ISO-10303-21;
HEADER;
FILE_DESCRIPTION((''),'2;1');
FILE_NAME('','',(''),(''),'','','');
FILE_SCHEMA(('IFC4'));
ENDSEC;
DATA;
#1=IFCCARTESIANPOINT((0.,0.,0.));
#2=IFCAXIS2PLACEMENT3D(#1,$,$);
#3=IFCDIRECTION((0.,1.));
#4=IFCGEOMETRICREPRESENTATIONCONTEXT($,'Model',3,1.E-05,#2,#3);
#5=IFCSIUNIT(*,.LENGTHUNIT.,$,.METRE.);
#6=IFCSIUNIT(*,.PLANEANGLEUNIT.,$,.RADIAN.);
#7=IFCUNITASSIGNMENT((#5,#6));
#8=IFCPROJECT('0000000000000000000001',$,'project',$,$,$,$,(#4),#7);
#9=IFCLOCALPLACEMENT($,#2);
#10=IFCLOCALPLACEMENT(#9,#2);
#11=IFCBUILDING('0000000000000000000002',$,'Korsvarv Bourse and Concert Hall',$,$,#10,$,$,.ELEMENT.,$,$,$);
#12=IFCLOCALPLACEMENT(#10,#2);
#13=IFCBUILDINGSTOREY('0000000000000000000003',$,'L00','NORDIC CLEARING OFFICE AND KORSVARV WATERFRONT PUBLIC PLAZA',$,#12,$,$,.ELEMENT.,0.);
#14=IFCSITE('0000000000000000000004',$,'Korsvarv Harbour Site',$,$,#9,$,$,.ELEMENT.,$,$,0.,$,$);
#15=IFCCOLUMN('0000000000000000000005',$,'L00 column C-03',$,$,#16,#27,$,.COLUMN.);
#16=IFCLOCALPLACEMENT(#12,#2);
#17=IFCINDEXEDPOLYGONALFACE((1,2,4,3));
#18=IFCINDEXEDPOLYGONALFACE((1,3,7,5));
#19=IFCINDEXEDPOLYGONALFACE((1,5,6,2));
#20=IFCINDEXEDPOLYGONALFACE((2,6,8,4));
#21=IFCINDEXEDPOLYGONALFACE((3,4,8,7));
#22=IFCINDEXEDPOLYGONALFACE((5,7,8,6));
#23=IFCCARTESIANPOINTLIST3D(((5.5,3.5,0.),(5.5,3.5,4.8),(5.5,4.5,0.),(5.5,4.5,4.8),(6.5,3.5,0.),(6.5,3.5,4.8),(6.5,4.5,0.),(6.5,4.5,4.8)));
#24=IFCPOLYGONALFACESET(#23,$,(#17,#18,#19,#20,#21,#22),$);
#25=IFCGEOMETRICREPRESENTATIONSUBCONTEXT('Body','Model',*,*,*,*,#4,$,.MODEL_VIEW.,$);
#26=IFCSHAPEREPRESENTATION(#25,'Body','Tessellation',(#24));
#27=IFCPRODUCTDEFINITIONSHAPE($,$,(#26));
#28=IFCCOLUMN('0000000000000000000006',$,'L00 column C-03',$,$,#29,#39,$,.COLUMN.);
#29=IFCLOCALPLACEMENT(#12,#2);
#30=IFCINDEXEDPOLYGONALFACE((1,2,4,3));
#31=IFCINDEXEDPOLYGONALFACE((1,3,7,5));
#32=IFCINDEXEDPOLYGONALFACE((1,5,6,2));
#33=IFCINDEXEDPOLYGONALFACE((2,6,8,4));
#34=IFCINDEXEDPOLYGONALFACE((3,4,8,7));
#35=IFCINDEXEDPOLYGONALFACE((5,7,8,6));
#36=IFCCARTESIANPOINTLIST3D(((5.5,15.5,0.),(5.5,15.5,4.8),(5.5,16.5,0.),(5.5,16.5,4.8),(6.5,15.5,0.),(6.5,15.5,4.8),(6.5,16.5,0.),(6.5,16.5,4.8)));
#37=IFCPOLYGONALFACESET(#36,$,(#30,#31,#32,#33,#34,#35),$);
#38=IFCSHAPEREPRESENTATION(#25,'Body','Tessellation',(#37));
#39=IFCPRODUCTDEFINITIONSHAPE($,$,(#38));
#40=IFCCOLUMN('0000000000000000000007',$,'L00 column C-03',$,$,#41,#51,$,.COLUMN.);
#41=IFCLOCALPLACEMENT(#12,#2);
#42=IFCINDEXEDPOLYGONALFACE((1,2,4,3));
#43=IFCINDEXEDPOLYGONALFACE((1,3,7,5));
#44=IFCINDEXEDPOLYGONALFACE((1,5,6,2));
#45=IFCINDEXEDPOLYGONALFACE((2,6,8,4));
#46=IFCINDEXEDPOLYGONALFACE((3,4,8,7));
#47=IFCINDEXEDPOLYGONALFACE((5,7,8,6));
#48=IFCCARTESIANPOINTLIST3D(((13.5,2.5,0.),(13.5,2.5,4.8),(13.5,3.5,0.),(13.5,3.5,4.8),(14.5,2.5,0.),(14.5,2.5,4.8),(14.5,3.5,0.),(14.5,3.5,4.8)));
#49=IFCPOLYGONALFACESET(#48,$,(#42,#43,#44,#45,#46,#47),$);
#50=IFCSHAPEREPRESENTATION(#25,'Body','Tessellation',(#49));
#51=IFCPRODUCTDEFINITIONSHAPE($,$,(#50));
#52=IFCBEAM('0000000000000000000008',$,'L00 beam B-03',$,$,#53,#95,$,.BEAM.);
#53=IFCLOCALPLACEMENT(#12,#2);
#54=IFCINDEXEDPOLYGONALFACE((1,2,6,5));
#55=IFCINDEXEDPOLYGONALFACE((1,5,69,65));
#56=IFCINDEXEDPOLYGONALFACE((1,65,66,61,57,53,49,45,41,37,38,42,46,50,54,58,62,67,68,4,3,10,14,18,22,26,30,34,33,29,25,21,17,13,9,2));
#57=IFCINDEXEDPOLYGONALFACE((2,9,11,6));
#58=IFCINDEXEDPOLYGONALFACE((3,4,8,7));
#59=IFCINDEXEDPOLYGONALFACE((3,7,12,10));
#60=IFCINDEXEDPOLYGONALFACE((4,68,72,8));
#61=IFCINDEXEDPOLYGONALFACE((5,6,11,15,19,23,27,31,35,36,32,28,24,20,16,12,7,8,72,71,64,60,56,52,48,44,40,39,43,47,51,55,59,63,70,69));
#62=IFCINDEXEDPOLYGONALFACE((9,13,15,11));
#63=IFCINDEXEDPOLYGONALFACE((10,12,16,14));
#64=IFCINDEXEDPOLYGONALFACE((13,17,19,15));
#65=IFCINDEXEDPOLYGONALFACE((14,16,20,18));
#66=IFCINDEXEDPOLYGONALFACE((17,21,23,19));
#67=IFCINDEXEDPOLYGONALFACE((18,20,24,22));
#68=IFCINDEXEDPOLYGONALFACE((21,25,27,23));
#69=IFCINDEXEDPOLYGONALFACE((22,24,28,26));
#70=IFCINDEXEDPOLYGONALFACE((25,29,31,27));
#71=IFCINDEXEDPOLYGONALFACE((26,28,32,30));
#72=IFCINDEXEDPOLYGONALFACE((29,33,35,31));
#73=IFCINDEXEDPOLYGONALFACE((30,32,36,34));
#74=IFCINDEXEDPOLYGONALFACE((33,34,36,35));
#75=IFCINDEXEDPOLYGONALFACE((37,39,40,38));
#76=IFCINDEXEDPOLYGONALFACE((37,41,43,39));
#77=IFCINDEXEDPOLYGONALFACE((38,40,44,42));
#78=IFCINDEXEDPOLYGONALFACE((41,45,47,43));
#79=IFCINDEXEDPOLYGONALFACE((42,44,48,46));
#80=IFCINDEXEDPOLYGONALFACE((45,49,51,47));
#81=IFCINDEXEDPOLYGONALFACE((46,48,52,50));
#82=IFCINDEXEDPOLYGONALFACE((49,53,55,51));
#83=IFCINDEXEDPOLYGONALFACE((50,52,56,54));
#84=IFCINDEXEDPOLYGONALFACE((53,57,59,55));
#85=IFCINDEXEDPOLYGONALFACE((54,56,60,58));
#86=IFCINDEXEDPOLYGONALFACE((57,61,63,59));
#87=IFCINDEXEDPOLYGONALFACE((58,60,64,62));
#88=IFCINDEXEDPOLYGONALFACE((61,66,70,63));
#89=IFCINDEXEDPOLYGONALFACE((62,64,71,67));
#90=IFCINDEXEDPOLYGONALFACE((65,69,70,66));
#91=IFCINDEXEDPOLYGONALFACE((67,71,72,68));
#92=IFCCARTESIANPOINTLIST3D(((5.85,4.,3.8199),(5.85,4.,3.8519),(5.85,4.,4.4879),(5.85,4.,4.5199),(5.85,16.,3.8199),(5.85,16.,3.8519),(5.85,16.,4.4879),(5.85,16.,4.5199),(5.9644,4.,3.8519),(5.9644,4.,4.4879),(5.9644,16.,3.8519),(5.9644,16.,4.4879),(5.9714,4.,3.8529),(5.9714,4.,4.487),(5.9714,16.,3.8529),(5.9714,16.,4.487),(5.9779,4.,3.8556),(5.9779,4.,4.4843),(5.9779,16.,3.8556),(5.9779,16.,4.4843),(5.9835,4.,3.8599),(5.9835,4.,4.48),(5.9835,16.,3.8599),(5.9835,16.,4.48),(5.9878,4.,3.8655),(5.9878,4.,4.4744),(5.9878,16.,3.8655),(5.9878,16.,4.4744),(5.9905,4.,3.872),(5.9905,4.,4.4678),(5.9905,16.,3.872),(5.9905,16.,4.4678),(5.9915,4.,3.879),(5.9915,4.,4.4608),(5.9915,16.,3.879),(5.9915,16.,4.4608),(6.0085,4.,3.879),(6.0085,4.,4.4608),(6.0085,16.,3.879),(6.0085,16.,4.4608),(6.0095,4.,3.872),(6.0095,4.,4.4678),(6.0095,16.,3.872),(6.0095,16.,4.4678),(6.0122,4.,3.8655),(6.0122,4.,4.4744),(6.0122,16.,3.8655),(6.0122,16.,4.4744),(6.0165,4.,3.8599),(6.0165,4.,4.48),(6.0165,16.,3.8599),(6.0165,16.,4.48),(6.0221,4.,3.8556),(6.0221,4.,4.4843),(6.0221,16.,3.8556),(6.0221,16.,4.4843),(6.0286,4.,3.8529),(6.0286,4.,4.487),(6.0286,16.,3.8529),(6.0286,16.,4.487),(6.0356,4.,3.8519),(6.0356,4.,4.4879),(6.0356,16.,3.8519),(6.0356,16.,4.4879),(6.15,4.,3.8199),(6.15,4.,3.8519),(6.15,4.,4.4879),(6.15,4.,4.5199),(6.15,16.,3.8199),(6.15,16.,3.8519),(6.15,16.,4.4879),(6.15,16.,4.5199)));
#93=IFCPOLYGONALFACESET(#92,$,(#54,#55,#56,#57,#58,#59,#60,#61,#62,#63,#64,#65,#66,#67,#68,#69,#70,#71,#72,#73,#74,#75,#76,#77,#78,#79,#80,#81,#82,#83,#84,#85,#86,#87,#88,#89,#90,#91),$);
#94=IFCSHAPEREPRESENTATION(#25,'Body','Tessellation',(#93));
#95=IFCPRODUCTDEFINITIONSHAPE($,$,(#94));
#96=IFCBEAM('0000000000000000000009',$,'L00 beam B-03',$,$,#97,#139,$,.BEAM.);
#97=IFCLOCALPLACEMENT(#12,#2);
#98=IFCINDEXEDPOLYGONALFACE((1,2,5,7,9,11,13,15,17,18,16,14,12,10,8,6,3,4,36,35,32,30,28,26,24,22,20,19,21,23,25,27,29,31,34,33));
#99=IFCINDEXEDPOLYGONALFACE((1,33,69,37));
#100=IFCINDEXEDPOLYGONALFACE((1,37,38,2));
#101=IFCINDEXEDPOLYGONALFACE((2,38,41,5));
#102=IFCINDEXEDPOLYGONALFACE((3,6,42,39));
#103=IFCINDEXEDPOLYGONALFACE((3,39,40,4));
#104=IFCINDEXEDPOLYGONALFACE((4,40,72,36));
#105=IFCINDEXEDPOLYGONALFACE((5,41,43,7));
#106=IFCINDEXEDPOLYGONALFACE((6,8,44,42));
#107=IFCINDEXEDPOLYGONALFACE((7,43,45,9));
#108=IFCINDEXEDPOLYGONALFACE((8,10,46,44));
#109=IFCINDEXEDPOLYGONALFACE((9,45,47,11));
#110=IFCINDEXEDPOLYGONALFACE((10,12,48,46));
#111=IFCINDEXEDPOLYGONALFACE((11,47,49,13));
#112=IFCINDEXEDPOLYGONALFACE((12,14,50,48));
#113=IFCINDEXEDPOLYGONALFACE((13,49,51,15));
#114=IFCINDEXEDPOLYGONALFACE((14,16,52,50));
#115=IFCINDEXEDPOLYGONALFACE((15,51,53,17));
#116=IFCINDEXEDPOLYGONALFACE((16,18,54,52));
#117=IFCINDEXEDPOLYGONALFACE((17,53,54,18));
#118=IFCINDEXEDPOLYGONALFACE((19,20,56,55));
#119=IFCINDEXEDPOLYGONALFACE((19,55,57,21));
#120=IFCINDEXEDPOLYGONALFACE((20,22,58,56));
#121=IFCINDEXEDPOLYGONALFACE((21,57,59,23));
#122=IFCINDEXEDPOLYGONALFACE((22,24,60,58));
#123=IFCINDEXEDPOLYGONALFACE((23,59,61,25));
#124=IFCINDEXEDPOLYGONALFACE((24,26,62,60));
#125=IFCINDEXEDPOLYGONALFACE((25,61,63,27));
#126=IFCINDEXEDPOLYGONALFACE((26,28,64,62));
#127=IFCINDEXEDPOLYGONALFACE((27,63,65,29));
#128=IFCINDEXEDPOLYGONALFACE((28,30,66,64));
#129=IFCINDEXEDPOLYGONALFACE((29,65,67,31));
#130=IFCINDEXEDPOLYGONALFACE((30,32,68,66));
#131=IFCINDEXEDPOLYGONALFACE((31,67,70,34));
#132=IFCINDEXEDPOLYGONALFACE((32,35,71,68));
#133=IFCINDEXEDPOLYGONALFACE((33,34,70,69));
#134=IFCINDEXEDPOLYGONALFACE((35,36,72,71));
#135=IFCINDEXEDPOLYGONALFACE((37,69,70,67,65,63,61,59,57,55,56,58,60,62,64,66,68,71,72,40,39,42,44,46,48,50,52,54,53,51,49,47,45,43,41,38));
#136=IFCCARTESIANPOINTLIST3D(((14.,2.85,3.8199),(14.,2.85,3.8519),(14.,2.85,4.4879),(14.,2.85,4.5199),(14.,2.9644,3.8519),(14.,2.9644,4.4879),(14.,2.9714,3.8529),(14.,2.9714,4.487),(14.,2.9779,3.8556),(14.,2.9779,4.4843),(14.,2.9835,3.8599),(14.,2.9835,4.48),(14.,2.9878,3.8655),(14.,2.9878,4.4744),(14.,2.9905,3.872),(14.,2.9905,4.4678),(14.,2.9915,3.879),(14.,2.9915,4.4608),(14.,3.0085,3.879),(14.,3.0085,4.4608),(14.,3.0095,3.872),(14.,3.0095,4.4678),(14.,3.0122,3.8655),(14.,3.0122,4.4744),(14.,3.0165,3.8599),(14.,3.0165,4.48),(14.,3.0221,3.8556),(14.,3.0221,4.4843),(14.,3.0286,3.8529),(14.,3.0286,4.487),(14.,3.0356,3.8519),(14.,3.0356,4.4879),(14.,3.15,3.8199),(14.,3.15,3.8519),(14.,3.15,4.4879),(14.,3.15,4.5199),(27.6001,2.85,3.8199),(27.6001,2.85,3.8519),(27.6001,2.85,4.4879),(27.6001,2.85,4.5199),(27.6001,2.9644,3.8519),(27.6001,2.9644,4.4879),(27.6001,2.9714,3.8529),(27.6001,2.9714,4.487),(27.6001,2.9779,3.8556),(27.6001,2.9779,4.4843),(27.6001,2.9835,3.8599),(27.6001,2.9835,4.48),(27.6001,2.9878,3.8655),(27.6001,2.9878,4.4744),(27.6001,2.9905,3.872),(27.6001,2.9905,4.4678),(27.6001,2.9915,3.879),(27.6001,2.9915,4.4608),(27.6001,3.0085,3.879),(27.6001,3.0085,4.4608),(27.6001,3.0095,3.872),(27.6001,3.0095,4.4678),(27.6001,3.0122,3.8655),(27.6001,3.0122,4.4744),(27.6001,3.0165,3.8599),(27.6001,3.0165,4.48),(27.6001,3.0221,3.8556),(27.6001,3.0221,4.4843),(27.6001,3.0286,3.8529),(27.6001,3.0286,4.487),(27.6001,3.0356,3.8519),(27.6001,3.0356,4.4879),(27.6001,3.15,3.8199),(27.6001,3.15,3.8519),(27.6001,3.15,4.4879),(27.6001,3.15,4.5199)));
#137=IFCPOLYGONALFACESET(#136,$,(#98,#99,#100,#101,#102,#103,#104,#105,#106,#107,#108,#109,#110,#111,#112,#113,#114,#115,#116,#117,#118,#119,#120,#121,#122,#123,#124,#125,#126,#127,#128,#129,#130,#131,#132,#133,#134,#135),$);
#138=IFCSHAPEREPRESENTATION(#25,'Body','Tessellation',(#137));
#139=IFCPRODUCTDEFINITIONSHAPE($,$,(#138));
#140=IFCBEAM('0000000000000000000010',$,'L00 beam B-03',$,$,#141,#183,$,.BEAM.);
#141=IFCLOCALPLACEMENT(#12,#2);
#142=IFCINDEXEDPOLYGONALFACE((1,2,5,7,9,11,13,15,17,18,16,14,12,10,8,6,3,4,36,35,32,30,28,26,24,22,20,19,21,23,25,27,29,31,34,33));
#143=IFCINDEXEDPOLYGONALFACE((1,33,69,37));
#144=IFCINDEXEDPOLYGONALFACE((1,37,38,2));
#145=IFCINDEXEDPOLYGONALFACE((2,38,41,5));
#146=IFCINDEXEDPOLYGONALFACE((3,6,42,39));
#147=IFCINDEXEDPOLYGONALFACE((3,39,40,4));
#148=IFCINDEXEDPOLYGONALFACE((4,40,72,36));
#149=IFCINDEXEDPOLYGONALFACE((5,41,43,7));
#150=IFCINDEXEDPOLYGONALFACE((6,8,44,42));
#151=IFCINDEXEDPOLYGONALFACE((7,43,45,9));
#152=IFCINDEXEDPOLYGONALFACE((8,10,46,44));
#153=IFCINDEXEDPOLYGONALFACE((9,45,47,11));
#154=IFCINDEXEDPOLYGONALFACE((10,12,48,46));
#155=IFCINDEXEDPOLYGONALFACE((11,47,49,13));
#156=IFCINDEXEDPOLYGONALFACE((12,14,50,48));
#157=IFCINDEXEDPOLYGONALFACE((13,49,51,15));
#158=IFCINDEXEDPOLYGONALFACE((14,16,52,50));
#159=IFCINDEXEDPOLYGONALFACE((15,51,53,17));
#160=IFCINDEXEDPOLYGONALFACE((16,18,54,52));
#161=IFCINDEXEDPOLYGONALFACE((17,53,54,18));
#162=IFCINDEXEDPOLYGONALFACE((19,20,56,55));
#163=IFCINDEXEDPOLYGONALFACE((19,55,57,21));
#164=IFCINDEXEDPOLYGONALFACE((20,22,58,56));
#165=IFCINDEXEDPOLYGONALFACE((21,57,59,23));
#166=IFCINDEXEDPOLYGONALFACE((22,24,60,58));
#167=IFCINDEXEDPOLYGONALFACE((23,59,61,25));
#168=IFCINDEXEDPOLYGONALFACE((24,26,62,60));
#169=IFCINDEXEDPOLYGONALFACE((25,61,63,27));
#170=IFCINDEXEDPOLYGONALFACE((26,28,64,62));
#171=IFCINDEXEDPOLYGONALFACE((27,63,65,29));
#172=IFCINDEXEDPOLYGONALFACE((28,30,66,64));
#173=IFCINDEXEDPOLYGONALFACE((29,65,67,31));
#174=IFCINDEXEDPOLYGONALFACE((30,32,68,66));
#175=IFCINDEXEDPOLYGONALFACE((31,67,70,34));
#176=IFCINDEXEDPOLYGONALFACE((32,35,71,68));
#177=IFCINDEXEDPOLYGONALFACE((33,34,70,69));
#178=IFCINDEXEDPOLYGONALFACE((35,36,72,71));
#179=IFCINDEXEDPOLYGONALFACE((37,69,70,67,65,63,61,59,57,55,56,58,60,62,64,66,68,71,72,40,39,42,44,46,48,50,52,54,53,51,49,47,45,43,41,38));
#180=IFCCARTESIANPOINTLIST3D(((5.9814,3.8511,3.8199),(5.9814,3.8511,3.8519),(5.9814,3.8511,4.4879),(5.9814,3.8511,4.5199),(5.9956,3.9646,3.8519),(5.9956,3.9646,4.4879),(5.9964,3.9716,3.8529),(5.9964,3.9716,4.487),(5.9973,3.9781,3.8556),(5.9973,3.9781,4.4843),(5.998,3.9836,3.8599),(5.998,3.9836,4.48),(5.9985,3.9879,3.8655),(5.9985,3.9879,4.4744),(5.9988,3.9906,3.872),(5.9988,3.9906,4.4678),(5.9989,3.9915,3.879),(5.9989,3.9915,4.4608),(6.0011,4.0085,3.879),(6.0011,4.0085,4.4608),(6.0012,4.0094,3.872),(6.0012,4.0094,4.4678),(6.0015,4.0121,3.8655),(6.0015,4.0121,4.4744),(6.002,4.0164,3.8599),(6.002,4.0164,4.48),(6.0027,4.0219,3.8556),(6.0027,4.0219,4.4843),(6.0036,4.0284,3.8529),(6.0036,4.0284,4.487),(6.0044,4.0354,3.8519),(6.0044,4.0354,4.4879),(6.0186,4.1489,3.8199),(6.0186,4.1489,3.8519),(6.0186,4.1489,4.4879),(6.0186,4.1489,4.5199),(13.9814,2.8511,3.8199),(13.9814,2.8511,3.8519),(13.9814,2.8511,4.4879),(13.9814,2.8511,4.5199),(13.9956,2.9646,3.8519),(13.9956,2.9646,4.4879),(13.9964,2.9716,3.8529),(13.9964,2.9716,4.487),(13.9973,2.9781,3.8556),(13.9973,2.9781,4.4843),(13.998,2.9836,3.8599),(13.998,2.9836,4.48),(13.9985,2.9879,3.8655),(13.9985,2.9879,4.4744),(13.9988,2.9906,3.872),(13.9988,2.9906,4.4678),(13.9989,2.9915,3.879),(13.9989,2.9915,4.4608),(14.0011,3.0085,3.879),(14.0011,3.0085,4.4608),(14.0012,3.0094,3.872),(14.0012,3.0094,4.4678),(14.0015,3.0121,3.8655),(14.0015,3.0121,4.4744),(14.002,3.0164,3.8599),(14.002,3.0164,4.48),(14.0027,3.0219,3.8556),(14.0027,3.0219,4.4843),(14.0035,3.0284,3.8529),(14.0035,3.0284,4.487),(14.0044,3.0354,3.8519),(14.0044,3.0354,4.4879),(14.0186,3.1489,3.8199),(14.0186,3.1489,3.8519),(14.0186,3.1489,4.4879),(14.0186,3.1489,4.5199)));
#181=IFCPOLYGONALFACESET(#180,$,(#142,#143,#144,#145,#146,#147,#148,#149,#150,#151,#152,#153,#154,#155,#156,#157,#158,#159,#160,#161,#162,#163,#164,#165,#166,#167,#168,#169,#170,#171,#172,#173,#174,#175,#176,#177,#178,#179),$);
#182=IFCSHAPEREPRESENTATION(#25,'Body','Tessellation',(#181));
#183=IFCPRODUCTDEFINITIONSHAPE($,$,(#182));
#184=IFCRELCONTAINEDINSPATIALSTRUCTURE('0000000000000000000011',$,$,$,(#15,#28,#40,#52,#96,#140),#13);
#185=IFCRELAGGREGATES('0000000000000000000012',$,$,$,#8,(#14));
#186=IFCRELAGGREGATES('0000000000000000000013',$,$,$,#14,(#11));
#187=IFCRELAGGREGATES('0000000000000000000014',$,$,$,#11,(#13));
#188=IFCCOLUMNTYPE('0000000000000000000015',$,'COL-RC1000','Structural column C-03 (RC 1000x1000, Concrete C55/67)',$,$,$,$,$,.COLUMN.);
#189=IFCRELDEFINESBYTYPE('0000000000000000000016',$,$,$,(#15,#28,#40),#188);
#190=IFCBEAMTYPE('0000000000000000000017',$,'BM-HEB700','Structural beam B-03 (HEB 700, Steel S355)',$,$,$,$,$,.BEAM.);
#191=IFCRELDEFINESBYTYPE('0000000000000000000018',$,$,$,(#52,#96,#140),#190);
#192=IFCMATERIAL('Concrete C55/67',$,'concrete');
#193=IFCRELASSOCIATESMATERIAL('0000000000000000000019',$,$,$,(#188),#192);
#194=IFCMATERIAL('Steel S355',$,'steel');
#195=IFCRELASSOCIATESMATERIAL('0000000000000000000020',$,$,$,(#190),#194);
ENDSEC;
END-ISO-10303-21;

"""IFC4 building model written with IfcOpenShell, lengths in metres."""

from ifc_helpers import new_model, si_unit, direction, frame, origin, origin_2d, place, context, subcontext, project, spatial, rectangle, i_section, extrude, source, transform, mapped, material, material_profile, profile_set, type_object, element, save


model = new_model("IFC4")

# Units and contexts
model_context = context("Model", 3, precision=1e-05, world=origin(), true_north=direction((0.0, 1.0)))
body_context = subcontext(model_context, "Body", "Model", "MODEL_VIEW")
ifc_project = project(units=[si_unit("LENGTHUNIT", "METRE"), si_unit("PLANEANGLEUNIT", "RADIAN")], contexts=[model_context])

# Site, building, storey
site_placement = place(None, origin())
site = spatial("IfcSite", under=ifc_project, at=site_placement, Name="Korsvarv Harbour Site", CompositionType="ELEMENT", RefElevation=0.0)
building_placement = place(site_placement, origin())
building = spatial("IfcBuilding", under=site, at=building_placement, Name="Korsvarv Bourse and Concert Hall", CompositionType="ELEMENT")
storey_placement = place(building_placement, origin())
storey = spatial("IfcBuildingStorey", under=building, at=storey_placement, Name="L00", Description="NORDIC CLEARING OFFICE AND KORSVARV WATERFRONT PUBLIC PLAZA", CompositionType="ELEMENT", Elevation=0.0)

# Columns
ifc_material_1 = material(Name="Concrete C55/67", Category="concrete")
ifc_material_profile_1 = material_profile(ifc_material_1, rectangle(XDim=1.0, YDim=1.0, at=origin_2d()), Name="RC 1000x1000")
ifc_profile_set_1 = profile_set([ifc_material_profile_1], Name="Concrete C55/67")
column_type = type_object("IfcColumnType", Name="COL-RC1000", Description="Structural column C-03 (RC 1000x1000, Concrete C55/67)", PredefinedType="COLUMN", material=ifc_profile_set_1)
shared_shape_1 = source(origin(), body_context, "Body", "SweptSolid", [
    extrude(rectangle(XDim=1.0, YDim=1.0, at=origin_2d()), origin(), (0.0, 0.0, 1.0), 4.8),
])
for number, where, z_axis, x_axis, name in (
    (1, (6.0, 4.0, 0.0), (0.0, 0.0, 1.0), (1.0, 0.0, 0.0), "L00 column C-03"),
    (2, (6.0, 16.0, 0.0), (0.0, 0.0, 1.0), (1.0, 0.0, 0.0), "L00 column C-03"),
    (3, (14.0, 3.0, 0.0), (0.0, 0.0, 1.0), (1.0, 0.0, 0.0), "L00 column C-03"),
):
    element("IfcColumn", number, at=place(storey_placement, frame(where, z_axis=z_axis, x_axis=x_axis)), inside=storey, type_object=column_type, Name=name, PredefinedType="COLUMN", context=body_context, shape_type="MappedRepresentation", body=[
        mapped(shared_shape_1, transform((0.0, 0.0, 0.0), scale=1.0)),
    ])

# Beams
ifc_material_2 = material(Name="Steel S355", Category="steel")
ifc_material_profile_2 = material_profile(ifc_material_2, i_section(OverallWidth=0.3, OverallDepth=0.7, WebThickness=0.0171, FlangeThickness=0.032, FilletRadius=0.0271, at=origin_2d()), Name="HEB 700")
ifc_profile_set_2 = profile_set([ifc_material_profile_2], Name="Steel S355")
beam_type_1 = type_object("IfcBeamType", Name="BM-HEB700", Description="Structural beam B-03 (HEB 700, Steel S355)", PredefinedType="BEAM", material=ifc_profile_set_2)
shared_shape_2 = source(origin(), body_context, "Body", "SweptSolid", [
    extrude(i_section(OverallWidth=0.3, OverallDepth=0.7, WebThickness=0.0171, FlangeThickness=0.032, FilletRadius=0.0271, at=origin_2d()), origin(), (0.0, 0.0, 1.0), 12.0),
])
beam_1_placement = place(storey_placement, frame((6.0, 4.0, 4.1699), z_axis=(0.0, 1.0, 0.0), x_axis=(-1.0, 0.0, 0.0)))
element("IfcBeam", 4, at=beam_1_placement, inside=storey, type_object=beam_type_1, Name="L00 beam B-03", PredefinedType="BEAM", context=body_context, shape_type="MappedRepresentation", body=[
    mapped(shared_shape_2, transform((0.0, 0.0, 0.0), scale=1.0)),
])
shared_shape_3 = source(origin(), body_context, "Body", "SweptSolid", [
    extrude(i_section(OverallWidth=0.3, OverallDepth=0.7, WebThickness=0.0171, FlangeThickness=0.032, FilletRadius=0.0271, at=origin_2d()), origin(), (0.0, 0.0, 1.0), 13.6001),
])
beam_2_placement = place(storey_placement, frame((14.0, 3.0, 4.1699), z_axis=(1.0, 0.0, 0.0), x_axis=(0.0, 1.0, 0.0)))
element("IfcBeam", 5, at=beam_2_placement, inside=storey, type_object=beam_type_1, Name="L00 beam B-03", PredefinedType="BEAM", context=body_context, shape_type="MappedRepresentation", body=[
    mapped(shared_shape_3, transform((0.0, 0.0, 0.0), scale=1.0)),
])
shared_shape_4 = source(origin(), body_context, "Body", "SweptSolid", [
    extrude(i_section(OverallWidth=0.3, OverallDepth=0.7, WebThickness=0.0171, FlangeThickness=0.032, FilletRadius=0.0271, at=origin_2d()), origin(), (0.0, 0.0, 1.0), 8.0623),
])
beam_3_placement = place(storey_placement, frame((6.0, 4.0, 4.1699), z_axis=(0.992278, -0.124035, 0.0), x_axis=(0.124035, 0.992278, 0.0)))
element("IfcBeam", 6, at=beam_3_placement, inside=storey, type_object=beam_type_1, Name="L00 beam B-03", PredefinedType="BEAM", context=body_context, shape_type="MappedRepresentation", body=[
    mapped(shared_shape_4, transform((0.0, 0.0, 0.0), scale=1.0)),
])

save(model, "model.ifc")
